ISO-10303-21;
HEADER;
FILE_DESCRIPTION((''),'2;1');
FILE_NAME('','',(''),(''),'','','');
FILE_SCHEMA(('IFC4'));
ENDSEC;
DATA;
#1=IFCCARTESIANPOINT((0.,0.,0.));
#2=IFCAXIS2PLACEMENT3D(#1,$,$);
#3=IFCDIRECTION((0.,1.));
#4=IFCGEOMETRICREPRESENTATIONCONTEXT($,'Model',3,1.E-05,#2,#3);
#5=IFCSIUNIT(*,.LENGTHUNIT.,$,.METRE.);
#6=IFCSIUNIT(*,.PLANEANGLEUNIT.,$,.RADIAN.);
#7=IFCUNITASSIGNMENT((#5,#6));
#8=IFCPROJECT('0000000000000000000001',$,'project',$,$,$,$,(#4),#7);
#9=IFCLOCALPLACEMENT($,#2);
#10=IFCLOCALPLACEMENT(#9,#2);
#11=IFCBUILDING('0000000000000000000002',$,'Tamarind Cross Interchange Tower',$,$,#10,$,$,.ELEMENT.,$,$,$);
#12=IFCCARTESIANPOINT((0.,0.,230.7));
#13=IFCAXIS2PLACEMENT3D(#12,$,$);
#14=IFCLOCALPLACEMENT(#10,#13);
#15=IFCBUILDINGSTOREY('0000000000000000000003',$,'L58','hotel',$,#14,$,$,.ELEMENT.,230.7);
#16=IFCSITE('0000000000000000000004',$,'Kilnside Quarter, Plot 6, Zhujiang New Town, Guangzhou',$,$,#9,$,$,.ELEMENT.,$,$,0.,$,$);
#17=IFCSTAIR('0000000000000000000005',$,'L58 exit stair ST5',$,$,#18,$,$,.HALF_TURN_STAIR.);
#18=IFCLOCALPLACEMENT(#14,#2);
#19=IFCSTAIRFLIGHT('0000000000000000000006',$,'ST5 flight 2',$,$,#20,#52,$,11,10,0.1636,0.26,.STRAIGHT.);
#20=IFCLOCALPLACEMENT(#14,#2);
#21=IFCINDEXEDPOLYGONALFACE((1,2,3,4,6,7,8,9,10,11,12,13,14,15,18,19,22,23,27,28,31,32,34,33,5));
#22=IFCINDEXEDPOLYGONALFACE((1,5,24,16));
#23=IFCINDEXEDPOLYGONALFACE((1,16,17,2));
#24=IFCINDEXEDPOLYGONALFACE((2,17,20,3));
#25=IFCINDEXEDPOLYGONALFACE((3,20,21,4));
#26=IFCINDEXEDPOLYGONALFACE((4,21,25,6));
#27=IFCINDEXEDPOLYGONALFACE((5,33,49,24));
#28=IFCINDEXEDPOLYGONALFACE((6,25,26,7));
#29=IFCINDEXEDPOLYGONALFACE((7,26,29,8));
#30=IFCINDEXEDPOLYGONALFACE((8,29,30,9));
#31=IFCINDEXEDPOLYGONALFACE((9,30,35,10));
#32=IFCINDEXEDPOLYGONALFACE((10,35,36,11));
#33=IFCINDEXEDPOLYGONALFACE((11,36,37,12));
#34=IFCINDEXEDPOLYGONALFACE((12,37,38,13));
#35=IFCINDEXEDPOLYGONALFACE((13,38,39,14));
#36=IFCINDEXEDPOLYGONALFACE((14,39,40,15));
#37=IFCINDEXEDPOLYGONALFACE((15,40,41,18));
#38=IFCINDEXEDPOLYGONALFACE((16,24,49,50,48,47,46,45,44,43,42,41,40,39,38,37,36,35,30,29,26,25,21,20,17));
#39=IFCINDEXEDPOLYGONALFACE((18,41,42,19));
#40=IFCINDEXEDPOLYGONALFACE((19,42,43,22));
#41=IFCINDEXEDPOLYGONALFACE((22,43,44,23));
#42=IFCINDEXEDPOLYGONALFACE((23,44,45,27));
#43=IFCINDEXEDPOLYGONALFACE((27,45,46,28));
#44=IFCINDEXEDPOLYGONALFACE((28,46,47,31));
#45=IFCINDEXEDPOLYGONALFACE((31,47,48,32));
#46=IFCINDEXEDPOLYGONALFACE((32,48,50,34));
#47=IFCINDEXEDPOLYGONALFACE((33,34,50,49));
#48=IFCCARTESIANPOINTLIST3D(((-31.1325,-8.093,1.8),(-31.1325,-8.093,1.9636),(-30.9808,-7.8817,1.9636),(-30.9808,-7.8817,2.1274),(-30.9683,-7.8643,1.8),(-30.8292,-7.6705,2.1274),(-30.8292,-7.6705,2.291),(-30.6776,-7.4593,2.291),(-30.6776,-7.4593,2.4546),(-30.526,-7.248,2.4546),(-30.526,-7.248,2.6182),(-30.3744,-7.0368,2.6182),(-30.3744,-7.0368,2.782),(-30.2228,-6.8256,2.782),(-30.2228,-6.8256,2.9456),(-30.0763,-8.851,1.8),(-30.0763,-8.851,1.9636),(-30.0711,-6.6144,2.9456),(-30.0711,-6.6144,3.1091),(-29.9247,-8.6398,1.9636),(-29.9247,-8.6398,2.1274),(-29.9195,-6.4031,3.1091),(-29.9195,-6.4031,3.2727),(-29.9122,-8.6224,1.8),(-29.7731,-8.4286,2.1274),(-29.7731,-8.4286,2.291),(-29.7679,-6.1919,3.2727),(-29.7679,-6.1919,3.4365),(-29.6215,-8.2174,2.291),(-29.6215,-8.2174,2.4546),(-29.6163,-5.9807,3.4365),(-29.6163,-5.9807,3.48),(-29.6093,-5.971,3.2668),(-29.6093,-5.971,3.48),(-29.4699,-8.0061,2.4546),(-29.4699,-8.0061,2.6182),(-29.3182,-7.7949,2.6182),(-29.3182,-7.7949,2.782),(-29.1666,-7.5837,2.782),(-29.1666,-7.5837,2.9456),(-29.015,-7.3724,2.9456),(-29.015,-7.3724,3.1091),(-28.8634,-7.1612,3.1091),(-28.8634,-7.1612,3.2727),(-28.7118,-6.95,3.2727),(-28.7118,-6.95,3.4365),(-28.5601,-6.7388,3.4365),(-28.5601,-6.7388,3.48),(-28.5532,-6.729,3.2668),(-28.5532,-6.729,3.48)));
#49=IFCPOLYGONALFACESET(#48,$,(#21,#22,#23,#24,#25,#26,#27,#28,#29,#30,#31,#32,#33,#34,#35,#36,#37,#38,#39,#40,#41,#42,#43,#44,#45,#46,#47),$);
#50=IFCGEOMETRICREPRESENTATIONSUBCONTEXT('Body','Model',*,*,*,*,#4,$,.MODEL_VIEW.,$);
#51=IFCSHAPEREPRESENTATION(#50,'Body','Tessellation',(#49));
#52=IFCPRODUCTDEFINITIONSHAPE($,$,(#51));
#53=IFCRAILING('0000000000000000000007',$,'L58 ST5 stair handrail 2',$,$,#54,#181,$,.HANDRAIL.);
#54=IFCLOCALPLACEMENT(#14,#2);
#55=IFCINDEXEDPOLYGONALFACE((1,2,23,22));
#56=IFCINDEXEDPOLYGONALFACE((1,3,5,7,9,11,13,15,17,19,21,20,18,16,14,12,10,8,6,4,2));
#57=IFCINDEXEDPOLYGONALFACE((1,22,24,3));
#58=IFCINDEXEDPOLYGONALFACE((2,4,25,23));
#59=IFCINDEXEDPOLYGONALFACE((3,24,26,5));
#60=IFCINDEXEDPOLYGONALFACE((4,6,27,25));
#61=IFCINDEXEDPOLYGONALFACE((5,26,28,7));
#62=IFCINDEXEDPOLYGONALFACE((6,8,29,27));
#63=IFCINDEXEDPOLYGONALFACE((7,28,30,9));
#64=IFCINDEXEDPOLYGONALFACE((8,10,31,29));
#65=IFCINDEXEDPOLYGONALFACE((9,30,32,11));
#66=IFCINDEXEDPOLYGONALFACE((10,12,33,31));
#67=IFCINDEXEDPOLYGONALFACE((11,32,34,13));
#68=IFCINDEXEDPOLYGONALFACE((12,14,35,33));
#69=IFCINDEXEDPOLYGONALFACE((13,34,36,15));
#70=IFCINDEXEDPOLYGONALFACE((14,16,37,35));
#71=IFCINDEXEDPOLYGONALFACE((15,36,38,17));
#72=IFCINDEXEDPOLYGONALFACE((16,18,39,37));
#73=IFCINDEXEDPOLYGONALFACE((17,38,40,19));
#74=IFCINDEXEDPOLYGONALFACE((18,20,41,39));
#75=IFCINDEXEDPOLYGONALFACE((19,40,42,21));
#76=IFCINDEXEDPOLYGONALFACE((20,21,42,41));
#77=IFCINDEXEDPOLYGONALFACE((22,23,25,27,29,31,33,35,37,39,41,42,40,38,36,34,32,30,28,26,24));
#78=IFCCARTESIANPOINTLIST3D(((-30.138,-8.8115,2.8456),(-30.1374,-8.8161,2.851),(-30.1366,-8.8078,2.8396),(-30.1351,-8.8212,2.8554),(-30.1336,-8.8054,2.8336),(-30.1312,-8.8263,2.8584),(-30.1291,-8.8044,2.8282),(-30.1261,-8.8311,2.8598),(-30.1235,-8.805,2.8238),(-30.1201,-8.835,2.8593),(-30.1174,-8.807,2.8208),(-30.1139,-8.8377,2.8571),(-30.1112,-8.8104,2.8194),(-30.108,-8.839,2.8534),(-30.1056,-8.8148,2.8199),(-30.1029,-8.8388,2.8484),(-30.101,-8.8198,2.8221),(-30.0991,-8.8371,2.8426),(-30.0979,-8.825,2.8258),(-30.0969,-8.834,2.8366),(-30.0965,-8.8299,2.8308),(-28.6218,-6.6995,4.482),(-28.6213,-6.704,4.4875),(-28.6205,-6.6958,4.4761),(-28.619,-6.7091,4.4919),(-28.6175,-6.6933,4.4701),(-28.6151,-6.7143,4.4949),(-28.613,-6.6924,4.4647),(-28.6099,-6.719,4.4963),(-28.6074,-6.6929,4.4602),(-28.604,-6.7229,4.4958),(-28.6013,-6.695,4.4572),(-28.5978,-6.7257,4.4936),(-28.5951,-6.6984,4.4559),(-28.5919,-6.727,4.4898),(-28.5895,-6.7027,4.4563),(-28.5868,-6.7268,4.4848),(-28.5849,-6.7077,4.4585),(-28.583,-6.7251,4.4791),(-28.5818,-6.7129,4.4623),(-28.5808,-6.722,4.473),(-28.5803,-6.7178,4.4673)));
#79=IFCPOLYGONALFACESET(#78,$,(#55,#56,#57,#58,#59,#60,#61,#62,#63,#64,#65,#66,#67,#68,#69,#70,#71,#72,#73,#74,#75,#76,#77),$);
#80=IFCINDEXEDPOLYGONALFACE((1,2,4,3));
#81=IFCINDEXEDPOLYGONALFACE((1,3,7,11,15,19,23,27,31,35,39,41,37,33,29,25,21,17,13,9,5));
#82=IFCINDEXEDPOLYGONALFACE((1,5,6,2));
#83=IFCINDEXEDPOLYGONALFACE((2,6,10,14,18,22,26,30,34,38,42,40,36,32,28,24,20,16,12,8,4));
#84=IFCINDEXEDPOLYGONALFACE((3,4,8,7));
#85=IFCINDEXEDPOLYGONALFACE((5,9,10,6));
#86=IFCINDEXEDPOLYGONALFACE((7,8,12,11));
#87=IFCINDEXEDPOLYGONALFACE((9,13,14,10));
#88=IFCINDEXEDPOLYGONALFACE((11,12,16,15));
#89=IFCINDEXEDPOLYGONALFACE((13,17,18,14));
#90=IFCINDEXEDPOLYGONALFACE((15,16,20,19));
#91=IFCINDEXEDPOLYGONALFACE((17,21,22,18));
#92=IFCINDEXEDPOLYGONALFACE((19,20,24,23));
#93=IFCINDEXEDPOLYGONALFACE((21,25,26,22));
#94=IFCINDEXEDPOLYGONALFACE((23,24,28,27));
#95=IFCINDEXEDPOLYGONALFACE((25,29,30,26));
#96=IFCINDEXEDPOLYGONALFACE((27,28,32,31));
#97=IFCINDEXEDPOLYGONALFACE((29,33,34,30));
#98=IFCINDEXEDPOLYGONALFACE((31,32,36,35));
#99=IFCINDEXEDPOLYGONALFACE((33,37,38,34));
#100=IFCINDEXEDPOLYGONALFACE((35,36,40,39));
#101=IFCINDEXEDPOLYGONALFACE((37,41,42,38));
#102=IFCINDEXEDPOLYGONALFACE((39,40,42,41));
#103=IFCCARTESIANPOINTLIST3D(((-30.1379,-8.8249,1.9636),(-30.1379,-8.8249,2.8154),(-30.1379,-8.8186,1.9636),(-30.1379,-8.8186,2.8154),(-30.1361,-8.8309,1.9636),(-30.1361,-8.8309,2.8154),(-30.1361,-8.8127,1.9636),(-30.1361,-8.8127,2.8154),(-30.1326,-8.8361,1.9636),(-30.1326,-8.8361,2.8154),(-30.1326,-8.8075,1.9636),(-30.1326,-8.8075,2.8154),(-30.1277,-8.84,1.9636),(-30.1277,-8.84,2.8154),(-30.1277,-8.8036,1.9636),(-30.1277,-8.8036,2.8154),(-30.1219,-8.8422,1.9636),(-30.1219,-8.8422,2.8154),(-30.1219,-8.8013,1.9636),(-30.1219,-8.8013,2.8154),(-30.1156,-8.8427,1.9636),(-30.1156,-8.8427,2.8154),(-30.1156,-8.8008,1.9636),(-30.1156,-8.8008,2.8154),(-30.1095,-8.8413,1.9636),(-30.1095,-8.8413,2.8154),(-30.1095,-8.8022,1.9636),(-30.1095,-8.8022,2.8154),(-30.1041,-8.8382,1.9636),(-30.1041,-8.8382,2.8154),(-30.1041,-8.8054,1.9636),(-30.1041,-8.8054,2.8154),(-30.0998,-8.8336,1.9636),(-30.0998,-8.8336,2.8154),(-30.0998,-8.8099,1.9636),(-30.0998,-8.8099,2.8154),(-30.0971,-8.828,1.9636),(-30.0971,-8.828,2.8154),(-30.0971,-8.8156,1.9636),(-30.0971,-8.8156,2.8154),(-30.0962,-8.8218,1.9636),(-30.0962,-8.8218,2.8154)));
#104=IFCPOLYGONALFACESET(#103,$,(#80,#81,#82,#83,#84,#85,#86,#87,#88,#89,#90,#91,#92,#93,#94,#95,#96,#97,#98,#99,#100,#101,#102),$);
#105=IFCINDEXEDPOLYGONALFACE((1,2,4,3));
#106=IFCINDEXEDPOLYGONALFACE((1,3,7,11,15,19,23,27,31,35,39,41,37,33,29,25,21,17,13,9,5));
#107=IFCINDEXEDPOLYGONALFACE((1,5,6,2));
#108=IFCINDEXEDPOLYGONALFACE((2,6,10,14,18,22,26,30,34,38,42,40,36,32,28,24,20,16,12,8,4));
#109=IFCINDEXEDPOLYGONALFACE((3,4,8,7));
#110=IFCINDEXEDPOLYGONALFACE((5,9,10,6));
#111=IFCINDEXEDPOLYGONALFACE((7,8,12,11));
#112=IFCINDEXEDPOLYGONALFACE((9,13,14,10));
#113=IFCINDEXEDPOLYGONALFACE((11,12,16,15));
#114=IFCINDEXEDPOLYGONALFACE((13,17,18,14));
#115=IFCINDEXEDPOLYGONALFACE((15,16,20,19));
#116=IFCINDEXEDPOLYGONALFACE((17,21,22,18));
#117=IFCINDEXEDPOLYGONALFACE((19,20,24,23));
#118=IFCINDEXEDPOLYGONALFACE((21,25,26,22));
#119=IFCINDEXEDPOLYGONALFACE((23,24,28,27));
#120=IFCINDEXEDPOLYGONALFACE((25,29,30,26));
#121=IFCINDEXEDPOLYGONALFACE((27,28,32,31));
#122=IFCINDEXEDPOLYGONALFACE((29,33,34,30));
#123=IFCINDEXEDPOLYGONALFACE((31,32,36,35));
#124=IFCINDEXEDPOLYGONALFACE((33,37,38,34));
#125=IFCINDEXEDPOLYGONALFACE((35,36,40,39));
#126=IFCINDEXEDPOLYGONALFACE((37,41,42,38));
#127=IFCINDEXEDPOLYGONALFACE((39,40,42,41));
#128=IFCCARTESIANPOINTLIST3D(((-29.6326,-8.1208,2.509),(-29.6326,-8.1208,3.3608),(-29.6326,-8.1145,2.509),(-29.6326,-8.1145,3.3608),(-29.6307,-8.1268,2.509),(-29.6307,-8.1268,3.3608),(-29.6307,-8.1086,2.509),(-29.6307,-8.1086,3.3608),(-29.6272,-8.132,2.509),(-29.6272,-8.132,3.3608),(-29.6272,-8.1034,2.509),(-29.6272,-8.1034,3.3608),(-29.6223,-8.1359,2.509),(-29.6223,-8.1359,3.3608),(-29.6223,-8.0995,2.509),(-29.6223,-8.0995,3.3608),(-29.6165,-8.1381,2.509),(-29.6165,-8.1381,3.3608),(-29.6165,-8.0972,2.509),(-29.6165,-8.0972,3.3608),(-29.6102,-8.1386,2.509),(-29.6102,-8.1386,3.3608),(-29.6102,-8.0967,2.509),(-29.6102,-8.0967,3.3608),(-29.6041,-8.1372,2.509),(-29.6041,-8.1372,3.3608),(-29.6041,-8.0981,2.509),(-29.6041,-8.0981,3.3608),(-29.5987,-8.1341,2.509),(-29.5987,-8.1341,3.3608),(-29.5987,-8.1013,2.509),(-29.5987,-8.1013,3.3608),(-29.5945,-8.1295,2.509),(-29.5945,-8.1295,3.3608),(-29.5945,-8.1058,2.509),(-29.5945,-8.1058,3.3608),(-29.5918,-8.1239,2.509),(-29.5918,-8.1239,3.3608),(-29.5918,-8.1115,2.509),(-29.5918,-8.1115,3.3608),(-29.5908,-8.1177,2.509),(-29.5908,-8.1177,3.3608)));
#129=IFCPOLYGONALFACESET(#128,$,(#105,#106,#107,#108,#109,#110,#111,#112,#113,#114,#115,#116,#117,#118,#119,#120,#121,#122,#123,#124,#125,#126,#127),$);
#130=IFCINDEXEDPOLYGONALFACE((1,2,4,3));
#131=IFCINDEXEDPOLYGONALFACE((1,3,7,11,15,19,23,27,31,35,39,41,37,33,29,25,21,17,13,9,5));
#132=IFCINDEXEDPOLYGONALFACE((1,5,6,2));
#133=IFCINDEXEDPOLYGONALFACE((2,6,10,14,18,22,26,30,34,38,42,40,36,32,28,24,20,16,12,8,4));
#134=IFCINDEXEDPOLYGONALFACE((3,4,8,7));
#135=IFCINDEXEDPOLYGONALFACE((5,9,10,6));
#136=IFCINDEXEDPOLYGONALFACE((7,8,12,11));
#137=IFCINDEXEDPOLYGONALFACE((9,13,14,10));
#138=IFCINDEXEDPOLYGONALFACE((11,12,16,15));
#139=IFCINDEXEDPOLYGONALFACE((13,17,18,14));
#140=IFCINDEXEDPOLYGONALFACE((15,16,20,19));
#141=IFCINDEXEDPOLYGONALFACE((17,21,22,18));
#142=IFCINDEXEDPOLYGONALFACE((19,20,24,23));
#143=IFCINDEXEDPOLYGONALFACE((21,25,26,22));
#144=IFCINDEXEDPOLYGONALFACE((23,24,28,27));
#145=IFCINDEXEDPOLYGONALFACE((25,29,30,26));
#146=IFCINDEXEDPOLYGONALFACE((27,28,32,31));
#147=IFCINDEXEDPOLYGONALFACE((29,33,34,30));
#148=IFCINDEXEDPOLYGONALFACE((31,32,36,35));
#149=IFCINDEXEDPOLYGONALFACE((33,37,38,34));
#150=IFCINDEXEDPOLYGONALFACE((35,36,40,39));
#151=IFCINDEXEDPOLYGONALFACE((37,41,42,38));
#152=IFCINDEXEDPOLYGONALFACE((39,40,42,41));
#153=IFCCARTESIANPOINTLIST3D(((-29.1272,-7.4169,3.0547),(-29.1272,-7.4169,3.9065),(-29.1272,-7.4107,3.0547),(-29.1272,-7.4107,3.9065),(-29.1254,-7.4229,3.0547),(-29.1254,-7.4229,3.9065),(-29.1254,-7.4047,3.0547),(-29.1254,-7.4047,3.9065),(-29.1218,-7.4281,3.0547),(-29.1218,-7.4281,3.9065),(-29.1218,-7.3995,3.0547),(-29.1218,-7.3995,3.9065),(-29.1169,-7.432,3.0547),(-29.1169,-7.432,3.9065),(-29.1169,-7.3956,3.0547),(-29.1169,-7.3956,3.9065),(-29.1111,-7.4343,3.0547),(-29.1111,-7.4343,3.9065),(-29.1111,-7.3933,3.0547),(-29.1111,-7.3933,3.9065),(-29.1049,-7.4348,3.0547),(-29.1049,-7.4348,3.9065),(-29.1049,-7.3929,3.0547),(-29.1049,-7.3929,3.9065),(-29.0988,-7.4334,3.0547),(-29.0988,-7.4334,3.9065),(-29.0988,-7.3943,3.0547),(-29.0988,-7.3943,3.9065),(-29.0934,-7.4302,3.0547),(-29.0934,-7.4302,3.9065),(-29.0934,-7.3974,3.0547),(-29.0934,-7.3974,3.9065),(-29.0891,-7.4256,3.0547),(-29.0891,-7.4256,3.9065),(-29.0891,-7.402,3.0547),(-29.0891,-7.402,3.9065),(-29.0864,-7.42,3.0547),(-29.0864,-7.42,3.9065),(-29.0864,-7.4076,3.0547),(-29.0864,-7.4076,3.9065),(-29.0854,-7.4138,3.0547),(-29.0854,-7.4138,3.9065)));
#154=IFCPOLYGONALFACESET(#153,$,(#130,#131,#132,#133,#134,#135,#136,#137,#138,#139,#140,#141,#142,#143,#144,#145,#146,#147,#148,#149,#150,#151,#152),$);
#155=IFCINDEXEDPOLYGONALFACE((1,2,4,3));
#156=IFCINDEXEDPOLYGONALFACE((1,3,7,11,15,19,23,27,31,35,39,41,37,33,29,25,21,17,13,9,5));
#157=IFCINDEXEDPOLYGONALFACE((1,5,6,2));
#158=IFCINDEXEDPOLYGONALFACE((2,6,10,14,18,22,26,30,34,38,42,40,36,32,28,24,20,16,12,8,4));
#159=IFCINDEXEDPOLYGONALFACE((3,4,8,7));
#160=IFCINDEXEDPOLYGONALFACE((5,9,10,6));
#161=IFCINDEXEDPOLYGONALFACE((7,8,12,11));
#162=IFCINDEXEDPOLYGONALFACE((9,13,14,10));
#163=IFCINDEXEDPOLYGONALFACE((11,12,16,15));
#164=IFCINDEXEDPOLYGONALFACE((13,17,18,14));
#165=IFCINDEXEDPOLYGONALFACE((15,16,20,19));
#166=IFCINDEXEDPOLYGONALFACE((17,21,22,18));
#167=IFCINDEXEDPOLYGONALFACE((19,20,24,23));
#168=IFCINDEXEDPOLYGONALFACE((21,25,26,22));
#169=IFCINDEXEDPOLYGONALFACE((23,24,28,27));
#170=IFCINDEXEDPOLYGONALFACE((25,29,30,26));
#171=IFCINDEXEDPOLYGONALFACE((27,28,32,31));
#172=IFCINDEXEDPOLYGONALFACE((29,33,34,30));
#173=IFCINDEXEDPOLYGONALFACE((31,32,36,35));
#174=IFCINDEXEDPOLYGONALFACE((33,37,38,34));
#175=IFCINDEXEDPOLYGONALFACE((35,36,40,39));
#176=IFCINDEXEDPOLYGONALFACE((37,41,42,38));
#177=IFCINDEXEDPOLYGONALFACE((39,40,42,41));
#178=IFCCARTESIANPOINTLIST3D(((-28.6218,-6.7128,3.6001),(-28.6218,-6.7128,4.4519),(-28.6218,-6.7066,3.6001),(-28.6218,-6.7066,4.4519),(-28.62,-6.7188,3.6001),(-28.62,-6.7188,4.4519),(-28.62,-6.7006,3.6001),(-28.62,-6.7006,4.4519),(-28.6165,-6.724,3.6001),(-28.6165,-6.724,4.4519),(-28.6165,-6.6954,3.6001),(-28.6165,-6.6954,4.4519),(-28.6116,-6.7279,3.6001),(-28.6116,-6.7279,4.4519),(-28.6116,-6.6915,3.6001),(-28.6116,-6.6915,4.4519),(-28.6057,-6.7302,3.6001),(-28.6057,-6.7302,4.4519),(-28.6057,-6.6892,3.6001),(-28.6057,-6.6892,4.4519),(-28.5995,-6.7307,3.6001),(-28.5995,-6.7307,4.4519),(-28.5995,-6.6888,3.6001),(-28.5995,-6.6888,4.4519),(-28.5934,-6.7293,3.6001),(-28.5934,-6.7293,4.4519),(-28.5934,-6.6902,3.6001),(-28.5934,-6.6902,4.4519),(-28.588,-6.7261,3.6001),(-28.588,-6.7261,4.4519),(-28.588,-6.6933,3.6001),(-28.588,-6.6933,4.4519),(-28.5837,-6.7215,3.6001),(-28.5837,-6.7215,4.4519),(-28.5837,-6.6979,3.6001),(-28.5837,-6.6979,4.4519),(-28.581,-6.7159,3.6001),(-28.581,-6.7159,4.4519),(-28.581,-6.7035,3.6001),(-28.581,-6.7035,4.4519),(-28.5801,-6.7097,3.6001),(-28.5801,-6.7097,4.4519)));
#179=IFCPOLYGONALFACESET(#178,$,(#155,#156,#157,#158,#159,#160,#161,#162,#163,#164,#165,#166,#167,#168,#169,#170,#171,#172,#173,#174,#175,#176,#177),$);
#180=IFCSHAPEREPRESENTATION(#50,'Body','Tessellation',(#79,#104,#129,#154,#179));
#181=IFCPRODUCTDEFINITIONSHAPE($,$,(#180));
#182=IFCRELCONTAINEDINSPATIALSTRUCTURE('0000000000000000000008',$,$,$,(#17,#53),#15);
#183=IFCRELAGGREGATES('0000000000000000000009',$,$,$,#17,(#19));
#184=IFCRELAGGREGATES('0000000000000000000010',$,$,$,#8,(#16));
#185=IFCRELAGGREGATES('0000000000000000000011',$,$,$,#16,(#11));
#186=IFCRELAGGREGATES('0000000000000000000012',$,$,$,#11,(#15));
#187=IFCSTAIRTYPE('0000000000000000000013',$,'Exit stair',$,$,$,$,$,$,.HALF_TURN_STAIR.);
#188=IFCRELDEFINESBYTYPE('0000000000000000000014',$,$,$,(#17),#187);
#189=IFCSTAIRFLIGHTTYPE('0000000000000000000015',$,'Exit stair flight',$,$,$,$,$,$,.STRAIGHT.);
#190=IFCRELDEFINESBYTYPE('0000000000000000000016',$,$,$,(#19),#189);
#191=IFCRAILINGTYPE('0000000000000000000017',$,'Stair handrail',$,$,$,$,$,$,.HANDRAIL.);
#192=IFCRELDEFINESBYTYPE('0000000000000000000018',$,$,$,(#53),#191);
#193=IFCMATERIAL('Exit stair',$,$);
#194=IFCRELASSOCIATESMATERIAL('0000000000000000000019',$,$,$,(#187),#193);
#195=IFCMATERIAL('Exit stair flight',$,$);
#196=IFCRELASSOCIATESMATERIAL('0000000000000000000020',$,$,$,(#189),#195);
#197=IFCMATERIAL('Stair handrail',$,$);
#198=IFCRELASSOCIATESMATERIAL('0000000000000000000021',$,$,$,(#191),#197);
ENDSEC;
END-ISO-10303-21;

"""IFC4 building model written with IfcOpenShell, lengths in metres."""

from ifc_helpers import new_model, si_unit, direction, frame, origin, origin_2d, place, context, subcontext, project, spatial, polyline, circle, outline, extrude, material, type_object, element, aggregate, save


model = new_model("IFC4")

# Units and contexts
model_context = context("Model", 3, precision=1e-05, world=origin(), true_north=direction((0.0, 1.0)))
body_context = subcontext(model_context, "Body", "Model", "MODEL_VIEW")
ifc_project = project(units=[si_unit("LENGTHUNIT", "METRE"), si_unit("PLANEANGLEUNIT", "RADIAN")], contexts=[model_context])

# Site, building, storey
site_placement = place(None, origin())
site = spatial("IfcSite", under=ifc_project, at=site_placement, Name="Kilnside Quarter, Plot 6, Zhujiang New Town, Guangzhou", CompositionType="ELEMENT", RefElevation=0.0)
building_placement = place(site_placement, origin())
building = spatial("IfcBuilding", under=site, at=building_placement, Name="Tamarind Cross Interchange Tower", CompositionType="ELEMENT")
storey_placement = place(building_placement, frame((0.0, 0.0, 230.7)))
storey = spatial("IfcBuildingStorey", under=building, at=storey_placement, Name="L58", Description="hotel", CompositionType="ELEMENT", Elevation=230.7)

# Stair, stair flight
ifc_material_1 = material(Name="Exit stair")
stair_type = type_object("IfcStairType", Name="Exit stair", PredefinedType="HALF_TURN_STAIR", material=ifc_material_1)
stair_placement = place(storey_placement, origin())
stair = element("IfcStair", 1, at=stair_placement, inside=storey, type_object=stair_type, Name="L58 exit stair ST5", PredefinedType="HALF_TURN_STAIR")
ifc_material_2 = material(Name="Exit stair flight")
stair_flight_type = type_object("IfcStairFlightType", Name="Exit stair flight", PredefinedType="STRAIGHT", material=ifc_material_2)
stair_flight_placement = place(storey_placement, frame((-30.6045, -8.4719, 1.8), z_axis=(0.0, 0.0, 1.0), x_axis=(0.583122, 0.812385, 0.0)))
stair_flight = element("IfcStairFlight", 2, at=stair_flight_placement, type_object=stair_flight_type, Name="ST5 flight 2", NumberOfRisers=11, NumberOfTreads=10, PredefinedType="STRAIGHT", RiserHeight=0.1636, TreadLength=0.26, context=body_context, shape_type="SweptSolid", body=[
    extrude(outline(polyline([(0.0, 0.0), (0.0, 0.1636), (0.26, 0.1636), (0.26, 0.3274), (0.52, 0.3274), (0.52, 0.491), (0.78, 0.491), (0.78, 0.6545), (1.04, 0.6545), (1.04, 0.8181), (1.3, 0.8181), (1.3, 0.9819), (1.5601, 0.9819), (1.5601, 1.1455), (1.8201, 1.1455), (1.8201, 1.3091), (2.0801, 1.3091), (2.0801, 1.4727), (2.3401, 1.4727), (2.3401, 1.6365), (2.6001, 1.6365), (2.6001, 1.6799), (2.6121, 1.6799), (2.6121, 1.4668), (0.2815, 0.0), (0.0, 0.0)])), frame((0.0, 0.6499, 0.0), z_axis=(0.0, -1.0, 0.0), x_axis=(1.0, 0.0, 0.0)), (0.0, 0.0, 1.0), 1.3),
])
aggregate(stair, [stair_flight])

# Railing
ifc_material_3 = material(Name="Stair handrail")
railing_type = type_object("IfcRailingType", Name="Stair handrail", PredefinedType="HANDRAIL", material=ifc_material_3)
railing_placement = place(storey_placement, frame((-30.1172, -8.8218, 1.9636)))
element("IfcRailing", 3, at=railing_placement, inside=storey, type_object=railing_type, Name="L58 ST5 stair handrail 2", PredefinedType="HANDRAIL", context=body_context, shape_type="SweptSolid", body=[
    extrude(circle(Radius=0.0239, at=origin_2d()), frame((0.0, 0.0, 0.876), z_axis=(0.49352, 0.68751, 0.532699), x_axis=(-0.812367, 0.583146, 0.0)), (0.0, 0.0, 1.0), 3.072),
    extrude(circle(Radius=0.021, at=origin_2d()), origin(), (0.0, 0.0, 1.0), 0.8518),
    extrude(circle(Radius=0.021, at=origin_2d()), frame((0.5054, 0.7041, 0.5454)), (0.0, 0.0, 1.0), 0.8518),
    extrude(circle(Radius=0.021, at=origin_2d()), frame((1.0107, 1.408, 1.0911)), (0.0, 0.0, 1.0), 0.8518),
    extrude(circle(Radius=0.021, at=origin_2d()), frame((1.5161, 2.1121, 1.6365)), (0.0, 0.0, 1.0), 0.8518),
])

save(model, "model.ifc")
